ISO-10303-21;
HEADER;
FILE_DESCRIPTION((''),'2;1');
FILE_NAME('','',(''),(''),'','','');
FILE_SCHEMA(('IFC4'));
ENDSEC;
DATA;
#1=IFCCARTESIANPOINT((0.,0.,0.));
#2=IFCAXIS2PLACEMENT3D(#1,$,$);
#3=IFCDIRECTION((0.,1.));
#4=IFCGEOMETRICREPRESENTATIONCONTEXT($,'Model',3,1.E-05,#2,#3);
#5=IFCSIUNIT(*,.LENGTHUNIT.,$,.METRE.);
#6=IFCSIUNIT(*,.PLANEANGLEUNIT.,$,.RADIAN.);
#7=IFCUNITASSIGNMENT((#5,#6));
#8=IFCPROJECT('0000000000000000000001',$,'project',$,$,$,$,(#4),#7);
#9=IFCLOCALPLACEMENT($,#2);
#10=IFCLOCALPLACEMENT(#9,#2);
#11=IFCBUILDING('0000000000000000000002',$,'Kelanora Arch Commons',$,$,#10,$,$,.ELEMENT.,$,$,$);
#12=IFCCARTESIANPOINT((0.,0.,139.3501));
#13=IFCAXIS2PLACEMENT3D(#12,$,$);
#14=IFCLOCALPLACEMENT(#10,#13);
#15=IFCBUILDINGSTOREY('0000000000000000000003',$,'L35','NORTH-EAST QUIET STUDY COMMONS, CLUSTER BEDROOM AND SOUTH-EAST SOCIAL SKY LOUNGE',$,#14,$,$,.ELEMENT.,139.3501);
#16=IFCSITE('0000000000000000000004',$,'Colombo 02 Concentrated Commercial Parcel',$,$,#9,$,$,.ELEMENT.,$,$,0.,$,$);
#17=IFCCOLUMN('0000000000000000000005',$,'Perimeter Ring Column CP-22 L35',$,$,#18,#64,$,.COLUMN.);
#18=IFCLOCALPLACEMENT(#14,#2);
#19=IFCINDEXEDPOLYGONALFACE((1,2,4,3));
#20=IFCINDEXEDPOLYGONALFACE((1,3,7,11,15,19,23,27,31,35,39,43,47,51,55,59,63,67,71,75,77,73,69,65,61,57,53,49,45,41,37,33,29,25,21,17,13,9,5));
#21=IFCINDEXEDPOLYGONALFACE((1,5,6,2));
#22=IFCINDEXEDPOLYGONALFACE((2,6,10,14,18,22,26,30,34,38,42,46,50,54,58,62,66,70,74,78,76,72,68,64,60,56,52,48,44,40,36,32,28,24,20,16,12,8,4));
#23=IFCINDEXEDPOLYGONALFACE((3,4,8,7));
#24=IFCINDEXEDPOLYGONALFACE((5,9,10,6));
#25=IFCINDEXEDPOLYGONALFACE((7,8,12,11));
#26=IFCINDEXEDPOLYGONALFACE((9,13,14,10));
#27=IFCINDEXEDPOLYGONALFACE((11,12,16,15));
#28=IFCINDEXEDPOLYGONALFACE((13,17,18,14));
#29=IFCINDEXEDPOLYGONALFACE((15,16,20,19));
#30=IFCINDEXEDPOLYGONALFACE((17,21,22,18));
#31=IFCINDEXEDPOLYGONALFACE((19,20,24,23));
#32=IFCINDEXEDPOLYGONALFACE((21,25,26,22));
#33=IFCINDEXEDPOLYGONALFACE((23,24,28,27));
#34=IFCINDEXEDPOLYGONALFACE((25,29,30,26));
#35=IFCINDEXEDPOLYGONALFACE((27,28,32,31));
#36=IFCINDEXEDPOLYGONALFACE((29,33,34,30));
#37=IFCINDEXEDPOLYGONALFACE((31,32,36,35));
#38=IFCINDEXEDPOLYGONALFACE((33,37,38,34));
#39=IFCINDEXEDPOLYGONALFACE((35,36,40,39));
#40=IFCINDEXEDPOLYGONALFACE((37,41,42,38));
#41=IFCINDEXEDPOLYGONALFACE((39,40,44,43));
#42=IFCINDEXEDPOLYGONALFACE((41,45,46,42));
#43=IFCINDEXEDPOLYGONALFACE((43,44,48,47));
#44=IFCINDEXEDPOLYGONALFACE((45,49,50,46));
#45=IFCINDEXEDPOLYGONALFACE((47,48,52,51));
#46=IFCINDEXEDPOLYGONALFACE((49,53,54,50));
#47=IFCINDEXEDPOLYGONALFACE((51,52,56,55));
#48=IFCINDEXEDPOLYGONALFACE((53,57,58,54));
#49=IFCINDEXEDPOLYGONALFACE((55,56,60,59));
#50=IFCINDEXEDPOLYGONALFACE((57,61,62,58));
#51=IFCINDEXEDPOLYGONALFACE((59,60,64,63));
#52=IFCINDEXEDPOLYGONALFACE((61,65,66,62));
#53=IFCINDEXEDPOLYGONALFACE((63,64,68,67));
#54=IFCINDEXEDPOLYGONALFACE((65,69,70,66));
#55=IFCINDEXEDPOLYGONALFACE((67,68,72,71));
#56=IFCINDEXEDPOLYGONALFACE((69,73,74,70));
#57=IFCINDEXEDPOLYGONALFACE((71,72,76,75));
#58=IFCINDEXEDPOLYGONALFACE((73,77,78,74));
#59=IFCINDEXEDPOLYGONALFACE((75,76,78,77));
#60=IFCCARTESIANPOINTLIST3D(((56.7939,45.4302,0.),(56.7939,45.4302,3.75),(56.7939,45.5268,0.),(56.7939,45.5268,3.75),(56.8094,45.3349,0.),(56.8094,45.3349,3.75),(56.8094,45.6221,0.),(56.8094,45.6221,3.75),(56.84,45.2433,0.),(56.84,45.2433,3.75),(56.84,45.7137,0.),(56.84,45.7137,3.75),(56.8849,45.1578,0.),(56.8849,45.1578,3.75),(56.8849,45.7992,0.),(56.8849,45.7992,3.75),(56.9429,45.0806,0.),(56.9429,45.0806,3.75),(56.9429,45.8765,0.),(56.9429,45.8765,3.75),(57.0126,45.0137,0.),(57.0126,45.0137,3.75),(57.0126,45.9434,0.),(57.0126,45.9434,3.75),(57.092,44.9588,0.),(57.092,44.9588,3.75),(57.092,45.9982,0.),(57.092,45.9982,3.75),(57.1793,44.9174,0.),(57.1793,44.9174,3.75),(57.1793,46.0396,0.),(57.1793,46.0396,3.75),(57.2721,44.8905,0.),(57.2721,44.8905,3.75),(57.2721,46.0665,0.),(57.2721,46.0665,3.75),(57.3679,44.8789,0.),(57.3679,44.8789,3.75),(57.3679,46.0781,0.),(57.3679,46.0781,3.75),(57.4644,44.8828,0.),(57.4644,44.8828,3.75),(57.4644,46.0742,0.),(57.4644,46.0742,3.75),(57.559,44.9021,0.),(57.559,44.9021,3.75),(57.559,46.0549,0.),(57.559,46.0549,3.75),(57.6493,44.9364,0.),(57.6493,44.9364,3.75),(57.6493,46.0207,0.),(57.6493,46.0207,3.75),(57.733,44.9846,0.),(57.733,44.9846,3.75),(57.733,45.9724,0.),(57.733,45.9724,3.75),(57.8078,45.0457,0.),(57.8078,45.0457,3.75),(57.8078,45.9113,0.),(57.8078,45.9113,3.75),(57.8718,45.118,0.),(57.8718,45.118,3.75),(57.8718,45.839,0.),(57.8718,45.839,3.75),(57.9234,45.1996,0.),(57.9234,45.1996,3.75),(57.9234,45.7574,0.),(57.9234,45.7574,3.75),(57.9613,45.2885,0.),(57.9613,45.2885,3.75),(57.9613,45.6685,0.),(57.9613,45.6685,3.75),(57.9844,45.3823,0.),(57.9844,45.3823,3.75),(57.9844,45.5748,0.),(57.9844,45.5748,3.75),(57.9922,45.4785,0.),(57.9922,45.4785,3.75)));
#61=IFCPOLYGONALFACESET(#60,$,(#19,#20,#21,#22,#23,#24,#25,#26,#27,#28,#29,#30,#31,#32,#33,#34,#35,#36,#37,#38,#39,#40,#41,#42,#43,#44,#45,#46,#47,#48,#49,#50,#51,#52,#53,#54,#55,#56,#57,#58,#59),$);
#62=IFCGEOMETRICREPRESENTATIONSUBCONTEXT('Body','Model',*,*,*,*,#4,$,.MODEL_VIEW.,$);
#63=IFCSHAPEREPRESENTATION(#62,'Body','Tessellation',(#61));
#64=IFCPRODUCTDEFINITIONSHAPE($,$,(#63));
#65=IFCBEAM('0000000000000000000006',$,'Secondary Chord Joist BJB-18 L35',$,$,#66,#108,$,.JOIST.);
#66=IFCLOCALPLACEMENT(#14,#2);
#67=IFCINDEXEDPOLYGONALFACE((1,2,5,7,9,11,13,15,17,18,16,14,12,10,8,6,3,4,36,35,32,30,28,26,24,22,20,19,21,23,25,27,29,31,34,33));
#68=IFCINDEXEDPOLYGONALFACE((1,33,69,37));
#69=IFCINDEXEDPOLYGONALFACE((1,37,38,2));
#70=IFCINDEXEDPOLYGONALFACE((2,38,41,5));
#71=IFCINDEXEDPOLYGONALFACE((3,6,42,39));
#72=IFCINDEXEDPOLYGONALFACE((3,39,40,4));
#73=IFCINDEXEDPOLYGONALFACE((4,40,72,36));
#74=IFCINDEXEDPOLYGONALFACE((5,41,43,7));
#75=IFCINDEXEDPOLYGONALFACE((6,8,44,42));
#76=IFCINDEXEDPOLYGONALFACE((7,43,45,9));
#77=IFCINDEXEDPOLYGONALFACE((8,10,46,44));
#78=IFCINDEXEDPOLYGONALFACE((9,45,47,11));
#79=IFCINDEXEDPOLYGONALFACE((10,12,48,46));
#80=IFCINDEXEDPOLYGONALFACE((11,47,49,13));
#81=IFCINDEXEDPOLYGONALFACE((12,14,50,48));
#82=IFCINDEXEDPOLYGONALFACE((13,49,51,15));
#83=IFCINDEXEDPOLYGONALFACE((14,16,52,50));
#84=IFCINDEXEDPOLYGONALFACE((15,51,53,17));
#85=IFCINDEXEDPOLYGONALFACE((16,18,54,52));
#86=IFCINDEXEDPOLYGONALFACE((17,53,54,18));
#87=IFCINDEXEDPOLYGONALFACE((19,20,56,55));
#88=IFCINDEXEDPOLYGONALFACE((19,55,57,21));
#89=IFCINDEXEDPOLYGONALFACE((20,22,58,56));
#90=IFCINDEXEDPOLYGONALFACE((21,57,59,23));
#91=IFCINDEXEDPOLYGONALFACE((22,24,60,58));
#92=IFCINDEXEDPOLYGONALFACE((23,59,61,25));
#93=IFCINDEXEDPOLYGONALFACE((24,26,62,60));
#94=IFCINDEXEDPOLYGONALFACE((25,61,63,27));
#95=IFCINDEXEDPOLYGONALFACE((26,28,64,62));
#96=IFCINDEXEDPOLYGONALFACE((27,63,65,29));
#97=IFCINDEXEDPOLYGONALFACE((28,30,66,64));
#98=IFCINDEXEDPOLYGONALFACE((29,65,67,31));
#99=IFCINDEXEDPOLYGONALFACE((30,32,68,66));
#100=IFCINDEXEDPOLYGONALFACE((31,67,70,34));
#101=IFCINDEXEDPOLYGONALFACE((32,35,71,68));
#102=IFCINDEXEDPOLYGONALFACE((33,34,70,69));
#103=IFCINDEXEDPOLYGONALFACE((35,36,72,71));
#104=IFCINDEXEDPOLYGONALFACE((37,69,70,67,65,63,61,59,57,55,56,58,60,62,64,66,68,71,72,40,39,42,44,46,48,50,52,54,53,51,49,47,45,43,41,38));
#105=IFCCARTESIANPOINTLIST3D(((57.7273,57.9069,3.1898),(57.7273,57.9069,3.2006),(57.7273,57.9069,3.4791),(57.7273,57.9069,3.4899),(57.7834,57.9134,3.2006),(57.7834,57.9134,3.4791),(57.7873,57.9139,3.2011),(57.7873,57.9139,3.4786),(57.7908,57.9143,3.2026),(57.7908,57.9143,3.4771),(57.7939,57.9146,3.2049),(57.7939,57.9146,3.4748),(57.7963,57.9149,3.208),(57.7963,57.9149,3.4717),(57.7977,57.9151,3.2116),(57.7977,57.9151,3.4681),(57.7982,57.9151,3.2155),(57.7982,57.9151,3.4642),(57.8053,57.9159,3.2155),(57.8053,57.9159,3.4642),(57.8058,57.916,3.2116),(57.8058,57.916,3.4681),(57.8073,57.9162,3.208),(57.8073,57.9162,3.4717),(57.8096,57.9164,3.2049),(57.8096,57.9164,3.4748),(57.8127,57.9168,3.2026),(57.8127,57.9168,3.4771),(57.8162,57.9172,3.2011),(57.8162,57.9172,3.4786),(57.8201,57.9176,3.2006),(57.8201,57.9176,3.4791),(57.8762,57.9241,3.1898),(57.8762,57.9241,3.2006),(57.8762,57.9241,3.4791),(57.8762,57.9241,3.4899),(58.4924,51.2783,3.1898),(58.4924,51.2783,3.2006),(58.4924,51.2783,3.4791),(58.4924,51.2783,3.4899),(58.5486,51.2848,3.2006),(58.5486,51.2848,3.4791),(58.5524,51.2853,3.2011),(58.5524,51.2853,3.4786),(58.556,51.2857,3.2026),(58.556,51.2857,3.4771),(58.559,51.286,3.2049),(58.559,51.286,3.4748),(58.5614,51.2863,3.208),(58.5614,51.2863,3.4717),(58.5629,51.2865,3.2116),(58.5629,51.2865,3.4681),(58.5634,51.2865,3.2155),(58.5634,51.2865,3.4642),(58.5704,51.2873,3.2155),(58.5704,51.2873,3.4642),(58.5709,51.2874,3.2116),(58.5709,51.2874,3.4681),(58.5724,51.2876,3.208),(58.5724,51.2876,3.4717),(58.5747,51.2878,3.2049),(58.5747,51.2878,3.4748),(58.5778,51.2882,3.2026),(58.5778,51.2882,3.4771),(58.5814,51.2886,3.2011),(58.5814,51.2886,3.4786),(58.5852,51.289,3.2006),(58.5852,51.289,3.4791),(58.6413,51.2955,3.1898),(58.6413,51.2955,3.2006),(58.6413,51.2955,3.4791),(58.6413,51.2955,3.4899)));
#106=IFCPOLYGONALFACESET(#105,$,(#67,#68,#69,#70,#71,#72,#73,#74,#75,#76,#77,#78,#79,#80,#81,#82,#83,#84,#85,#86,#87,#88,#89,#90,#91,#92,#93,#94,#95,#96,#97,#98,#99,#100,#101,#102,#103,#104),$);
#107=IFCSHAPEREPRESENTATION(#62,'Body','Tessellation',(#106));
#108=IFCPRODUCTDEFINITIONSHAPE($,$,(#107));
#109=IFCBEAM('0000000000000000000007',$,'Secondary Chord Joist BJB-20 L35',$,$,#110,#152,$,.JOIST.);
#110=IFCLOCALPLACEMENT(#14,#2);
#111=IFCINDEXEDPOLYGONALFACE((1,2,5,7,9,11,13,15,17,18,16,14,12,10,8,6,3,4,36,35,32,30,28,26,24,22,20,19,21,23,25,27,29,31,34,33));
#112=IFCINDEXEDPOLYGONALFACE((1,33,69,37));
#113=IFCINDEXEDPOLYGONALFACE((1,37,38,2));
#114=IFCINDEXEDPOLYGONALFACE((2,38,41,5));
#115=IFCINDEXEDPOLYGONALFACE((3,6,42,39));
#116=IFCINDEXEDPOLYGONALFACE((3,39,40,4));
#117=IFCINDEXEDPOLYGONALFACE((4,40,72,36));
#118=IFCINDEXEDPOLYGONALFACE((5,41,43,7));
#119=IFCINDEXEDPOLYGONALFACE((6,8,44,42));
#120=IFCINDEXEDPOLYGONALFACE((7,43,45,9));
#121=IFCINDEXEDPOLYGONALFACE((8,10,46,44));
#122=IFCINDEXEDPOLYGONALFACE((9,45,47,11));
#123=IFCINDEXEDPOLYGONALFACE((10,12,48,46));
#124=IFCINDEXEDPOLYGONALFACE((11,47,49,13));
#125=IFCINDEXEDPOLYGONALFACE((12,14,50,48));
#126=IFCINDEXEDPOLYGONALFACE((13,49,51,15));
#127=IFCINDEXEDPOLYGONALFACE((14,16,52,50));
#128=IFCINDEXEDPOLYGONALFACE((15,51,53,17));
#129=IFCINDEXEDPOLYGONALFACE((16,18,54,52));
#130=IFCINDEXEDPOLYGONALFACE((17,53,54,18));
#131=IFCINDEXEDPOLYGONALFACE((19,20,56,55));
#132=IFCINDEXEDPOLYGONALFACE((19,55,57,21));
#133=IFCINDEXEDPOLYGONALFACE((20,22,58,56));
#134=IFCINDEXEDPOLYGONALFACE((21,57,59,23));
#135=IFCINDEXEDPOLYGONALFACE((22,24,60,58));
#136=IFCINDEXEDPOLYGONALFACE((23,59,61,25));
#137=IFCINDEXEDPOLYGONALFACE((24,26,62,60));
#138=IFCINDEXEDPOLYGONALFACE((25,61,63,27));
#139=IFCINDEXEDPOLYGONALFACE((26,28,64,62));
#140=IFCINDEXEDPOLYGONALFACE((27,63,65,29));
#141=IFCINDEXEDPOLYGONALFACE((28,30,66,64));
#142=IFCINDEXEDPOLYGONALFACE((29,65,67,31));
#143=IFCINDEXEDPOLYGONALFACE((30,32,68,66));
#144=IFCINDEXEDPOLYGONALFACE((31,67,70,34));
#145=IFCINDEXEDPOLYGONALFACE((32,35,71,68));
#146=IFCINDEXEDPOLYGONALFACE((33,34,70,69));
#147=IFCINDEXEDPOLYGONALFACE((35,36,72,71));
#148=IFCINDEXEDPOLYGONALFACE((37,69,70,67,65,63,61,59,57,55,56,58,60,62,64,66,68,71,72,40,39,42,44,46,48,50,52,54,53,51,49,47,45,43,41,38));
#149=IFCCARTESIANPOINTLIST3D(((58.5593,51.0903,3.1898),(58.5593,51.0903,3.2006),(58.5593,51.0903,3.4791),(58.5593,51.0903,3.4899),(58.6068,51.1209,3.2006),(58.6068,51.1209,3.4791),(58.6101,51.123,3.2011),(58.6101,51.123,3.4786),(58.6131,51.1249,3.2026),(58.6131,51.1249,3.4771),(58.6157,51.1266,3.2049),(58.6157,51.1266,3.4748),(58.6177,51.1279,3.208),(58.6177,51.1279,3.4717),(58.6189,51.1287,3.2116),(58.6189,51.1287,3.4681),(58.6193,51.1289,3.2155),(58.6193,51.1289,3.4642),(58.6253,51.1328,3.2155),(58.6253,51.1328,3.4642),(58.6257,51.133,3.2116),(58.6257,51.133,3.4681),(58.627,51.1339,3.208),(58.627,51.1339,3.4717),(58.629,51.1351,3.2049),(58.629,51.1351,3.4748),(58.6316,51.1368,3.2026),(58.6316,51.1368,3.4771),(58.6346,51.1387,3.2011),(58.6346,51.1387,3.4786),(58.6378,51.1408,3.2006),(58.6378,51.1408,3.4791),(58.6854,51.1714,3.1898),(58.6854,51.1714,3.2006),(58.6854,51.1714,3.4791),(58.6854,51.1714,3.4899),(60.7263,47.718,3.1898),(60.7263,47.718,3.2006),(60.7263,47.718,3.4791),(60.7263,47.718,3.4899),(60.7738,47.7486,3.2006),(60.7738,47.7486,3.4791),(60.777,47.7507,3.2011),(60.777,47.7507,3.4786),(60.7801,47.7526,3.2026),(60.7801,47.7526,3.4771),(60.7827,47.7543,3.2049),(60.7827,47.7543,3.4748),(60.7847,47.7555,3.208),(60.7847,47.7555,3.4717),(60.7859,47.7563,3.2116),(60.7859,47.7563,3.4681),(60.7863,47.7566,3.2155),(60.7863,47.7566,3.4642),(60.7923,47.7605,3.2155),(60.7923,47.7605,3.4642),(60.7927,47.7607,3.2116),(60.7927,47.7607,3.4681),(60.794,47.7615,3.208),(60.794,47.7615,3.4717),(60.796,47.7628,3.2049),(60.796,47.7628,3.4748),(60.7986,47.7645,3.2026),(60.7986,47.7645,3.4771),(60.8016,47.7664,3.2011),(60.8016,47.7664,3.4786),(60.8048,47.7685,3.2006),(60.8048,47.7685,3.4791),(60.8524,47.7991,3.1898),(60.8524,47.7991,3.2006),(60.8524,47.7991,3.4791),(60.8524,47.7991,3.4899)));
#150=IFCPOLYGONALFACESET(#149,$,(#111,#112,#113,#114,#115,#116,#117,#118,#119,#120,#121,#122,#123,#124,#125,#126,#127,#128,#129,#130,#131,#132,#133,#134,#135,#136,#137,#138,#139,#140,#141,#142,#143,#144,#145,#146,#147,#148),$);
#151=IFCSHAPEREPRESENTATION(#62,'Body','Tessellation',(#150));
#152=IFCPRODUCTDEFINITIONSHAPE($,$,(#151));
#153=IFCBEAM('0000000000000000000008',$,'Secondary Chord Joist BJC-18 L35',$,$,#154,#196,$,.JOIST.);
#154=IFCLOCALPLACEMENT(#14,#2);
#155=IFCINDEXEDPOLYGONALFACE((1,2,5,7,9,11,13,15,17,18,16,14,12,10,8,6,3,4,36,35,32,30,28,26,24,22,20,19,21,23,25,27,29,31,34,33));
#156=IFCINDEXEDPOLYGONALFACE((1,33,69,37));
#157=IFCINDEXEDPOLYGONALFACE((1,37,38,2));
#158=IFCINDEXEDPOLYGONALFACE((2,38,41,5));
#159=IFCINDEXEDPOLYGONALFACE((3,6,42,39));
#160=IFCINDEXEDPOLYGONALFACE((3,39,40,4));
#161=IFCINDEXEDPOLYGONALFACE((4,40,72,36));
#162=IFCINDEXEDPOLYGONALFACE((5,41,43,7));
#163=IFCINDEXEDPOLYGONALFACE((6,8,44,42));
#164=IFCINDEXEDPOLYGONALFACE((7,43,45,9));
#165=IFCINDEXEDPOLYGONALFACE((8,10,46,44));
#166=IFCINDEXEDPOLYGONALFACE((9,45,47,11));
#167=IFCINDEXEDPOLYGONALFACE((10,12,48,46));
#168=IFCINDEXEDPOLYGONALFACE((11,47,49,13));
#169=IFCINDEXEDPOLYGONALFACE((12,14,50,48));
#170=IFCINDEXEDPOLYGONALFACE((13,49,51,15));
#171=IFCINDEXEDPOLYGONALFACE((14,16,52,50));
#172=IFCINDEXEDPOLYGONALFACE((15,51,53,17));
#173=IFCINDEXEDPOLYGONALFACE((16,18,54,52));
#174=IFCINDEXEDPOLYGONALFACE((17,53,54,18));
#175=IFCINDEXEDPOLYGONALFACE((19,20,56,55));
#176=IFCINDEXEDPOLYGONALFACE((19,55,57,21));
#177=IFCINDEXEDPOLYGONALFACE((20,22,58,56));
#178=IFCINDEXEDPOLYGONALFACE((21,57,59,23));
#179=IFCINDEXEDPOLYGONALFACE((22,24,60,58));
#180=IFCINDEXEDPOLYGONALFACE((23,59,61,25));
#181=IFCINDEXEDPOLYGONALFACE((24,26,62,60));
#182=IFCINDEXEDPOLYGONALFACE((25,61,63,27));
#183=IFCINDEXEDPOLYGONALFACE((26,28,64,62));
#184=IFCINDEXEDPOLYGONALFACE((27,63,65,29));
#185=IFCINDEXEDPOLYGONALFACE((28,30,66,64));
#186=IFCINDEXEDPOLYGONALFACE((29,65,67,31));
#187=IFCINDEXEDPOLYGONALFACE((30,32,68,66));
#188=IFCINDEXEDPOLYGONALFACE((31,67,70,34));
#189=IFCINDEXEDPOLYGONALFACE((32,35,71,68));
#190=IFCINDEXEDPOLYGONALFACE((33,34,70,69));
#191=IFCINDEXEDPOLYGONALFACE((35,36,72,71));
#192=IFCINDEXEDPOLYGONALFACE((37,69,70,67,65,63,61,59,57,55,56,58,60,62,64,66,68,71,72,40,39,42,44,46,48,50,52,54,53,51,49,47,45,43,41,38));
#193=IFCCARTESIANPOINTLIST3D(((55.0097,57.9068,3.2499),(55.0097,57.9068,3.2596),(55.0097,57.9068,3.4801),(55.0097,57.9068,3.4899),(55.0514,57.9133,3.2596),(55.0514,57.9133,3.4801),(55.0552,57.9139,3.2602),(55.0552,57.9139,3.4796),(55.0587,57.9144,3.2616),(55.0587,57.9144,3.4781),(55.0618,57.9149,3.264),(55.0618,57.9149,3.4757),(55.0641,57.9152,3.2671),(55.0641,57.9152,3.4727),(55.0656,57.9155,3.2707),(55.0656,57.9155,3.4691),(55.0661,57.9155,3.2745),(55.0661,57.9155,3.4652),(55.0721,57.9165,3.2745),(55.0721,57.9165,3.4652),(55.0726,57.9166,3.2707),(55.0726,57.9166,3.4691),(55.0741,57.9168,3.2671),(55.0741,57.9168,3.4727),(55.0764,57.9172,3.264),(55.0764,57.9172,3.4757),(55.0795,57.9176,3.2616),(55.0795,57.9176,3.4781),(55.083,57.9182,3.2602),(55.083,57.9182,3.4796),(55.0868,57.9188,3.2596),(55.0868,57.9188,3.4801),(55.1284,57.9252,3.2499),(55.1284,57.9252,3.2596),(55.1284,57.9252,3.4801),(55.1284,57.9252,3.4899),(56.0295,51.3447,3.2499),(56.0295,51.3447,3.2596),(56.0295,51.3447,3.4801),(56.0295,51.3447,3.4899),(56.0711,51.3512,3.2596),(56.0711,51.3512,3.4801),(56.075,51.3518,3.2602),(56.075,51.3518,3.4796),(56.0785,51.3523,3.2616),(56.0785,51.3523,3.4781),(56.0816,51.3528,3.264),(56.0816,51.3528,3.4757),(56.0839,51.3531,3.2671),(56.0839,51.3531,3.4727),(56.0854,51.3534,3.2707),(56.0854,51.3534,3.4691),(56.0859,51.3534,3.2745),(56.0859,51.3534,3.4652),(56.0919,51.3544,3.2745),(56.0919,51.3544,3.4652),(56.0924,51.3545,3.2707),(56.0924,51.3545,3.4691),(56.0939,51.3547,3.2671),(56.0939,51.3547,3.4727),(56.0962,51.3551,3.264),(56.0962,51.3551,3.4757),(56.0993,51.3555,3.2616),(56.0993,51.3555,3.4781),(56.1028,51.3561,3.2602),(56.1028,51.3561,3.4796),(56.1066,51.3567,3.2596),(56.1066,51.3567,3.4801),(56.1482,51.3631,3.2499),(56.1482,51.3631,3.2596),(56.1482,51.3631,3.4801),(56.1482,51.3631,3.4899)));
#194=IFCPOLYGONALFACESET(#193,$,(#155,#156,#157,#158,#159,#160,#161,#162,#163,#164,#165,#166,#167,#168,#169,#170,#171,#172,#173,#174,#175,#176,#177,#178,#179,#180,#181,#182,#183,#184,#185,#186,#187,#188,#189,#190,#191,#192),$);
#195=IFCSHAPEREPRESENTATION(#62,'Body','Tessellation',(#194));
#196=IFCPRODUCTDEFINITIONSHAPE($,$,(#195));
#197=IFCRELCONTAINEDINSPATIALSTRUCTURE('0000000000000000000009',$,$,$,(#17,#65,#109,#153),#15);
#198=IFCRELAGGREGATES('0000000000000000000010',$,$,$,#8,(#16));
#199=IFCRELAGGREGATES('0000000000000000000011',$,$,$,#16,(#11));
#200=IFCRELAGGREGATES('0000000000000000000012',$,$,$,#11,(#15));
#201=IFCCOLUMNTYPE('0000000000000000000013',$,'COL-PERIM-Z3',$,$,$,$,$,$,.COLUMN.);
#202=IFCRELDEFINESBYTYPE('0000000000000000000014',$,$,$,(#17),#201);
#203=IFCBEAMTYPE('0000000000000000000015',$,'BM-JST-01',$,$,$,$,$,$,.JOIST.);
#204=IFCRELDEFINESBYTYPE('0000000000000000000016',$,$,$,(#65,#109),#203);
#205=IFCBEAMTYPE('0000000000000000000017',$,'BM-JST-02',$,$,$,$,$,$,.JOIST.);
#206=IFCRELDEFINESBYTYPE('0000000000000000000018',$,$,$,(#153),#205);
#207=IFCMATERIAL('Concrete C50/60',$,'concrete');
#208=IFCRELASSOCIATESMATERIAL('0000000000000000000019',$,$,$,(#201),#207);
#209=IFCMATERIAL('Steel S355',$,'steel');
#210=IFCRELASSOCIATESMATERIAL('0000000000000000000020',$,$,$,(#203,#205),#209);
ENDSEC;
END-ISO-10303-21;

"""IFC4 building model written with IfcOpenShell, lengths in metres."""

from ifc_helpers import new_model, si_unit, direction, frame, origin, origin_2d, place, context, subcontext, project, spatial, circle, i_section, extrude, material, material_profile, profile_set, type_object, element, save


model = new_model("IFC4")

# Units and contexts
model_context = context("Model", 3, precision=1e-05, world=origin(), true_north=direction((0.0, 1.0)))
body_context = subcontext(model_context, "Body", "Model", "MODEL_VIEW")
ifc_project = project(units=[si_unit("LENGTHUNIT", "METRE"), si_unit("PLANEANGLEUNIT", "RADIAN")], contexts=[model_context])

# Site, building, storey
site_placement = place(None, origin())
site = spatial("IfcSite", under=ifc_project, at=site_placement, Name="Colombo 02 Concentrated Commercial Parcel", CompositionType="ELEMENT", RefElevation=0.0)
building_placement = place(site_placement, origin())
building = spatial("IfcBuilding", under=site, at=building_placement, Name="Kelanora Arch Commons", CompositionType="ELEMENT")
storey_placement = place(building_placement, frame((0.0, 0.0, 139.3501)))
storey = spatial("IfcBuildingStorey", under=building, at=storey_placement, Name="L35", Description="NORTH-EAST QUIET STUDY COMMONS, CLUSTER BEDROOM AND SOUTH-EAST SOCIAL SKY LOUNGE", CompositionType="ELEMENT", Elevation=139.3501)

# Column
ifc_material_1 = material(Name="Concrete C50/60", Category="concrete")
ifc_material_profile_1 = material_profile(ifc_material_1, circle(Radius=0.6001, at=origin_2d()), Name="RCC1200")
ifc_profile_set_1 = profile_set([ifc_material_profile_1], Name="Concrete C50/60")
column_type = type_object("IfcColumnType", Name="COL-PERIM-Z3", PredefinedType="COLUMN", material=ifc_profile_set_1)
column_placement = place(storey_placement, frame((57.3921, 45.4785, 0.0), z_axis=(0.0, 0.0, 1.0), x_axis=(1.0, 0.0, 0.0)))
element("IfcColumn", 1, at=column_placement, inside=storey, type_object=column_type, Name="Perimeter Ring Column CP-22 L35", PredefinedType="COLUMN", context=body_context, shape_type="SweptSolid", body=[
    extrude(circle(Radius=0.6001, at=origin_2d()), origin(), (0.0, 0.0, 1.0), 3.75),
])

# Beams
ifc_material_2 = material(Name="Steel S355", Category="steel")
ifc_material_profile_2 = material_profile(ifc_material_2, i_section(OverallWidth=0.1499, OverallDepth=0.3, WebThickness=0.0071, FlangeThickness=0.0107, FilletRadius=0.0149, at=origin_2d()), Name="IPE300")
ifc_profile_set_2 = profile_set([ifc_material_profile_2], Name="Steel S355")
beam_type_1 = type_object("IfcBeamType", Name="BM-JST-01", PredefinedType="JOIST", material=ifc_profile_set_2)
beam_1_placement = place(storey_placement, frame((57.8018, 57.9155, 3.3398), z_axis=(0.114667, -0.993404, 0.0), x_axis=(0.993404, 0.114667, 0.0)))
element("IfcBeam", 2, at=beam_1_placement, inside=storey, type_object=beam_type_1, Name="Secondary Chord Joist BJB-18 L35", PredefinedType="JOIST", context=body_context, shape_type="SweptSolid", body=[
    extrude(i_section(OverallWidth=0.1499, OverallDepth=0.3, WebThickness=0.0071, FlangeThickness=0.0107, FilletRadius=0.0149, at=origin_2d()), origin(), (0.0, 0.0, 1.0), 6.6726),
])
beam_2_placement = place(storey_placement, frame((58.6223, 51.1309, 3.3398), z_axis=(0.540594, -0.841283, 0.0), x_axis=(0.841283, 0.540594, 0.0)))
element("IfcBeam", 3, at=beam_2_placement, inside=storey, type_object=beam_type_1, Name="Secondary Chord Joist BJB-20 L35", PredefinedType="JOIST", context=body_context, shape_type="SweptSolid", body=[
    extrude(i_section(OverallWidth=0.1499, OverallDepth=0.3, WebThickness=0.0071, FlangeThickness=0.0107, FilletRadius=0.0149, at=origin_2d()), origin(), (0.0, 0.0, 1.0), 4.0085),
])
ifc_material_profile_3 = material_profile(ifc_material_2, i_section(OverallWidth=0.1201, OverallDepth=0.24, WebThickness=0.0061, FlangeThickness=0.0098, FilletRadius=0.0149, at=origin_2d()), Name="IPE240")
ifc_profile_set_3 = profile_set([ifc_material_profile_3], Name="Steel S355")
beam_type_2 = type_object("IfcBeamType", Name="BM-JST-02", PredefinedType="JOIST", material=ifc_profile_set_3)
beam_3_placement = place(storey_placement, frame((55.0691, 57.916, 3.3699), z_axis=(0.153563, -0.988139, 0.0), x_axis=(0.988139, 0.153563, 0.0)))
element("IfcBeam", 4, at=beam_3_placement, inside=storey, type_object=beam_type_2, Name="Secondary Chord Joist BJC-18 L35", PredefinedType="JOIST", context=body_context, shape_type="SweptSolid", body=[
    extrude(i_section(OverallWidth=0.1201, OverallDepth=0.24, WebThickness=0.0061, FlangeThickness=0.0098, FilletRadius=0.0149, at=origin_2d()), origin(), (0.0, 0.0, 1.0), 6.6409),
])

save(model, "model.ifc")
